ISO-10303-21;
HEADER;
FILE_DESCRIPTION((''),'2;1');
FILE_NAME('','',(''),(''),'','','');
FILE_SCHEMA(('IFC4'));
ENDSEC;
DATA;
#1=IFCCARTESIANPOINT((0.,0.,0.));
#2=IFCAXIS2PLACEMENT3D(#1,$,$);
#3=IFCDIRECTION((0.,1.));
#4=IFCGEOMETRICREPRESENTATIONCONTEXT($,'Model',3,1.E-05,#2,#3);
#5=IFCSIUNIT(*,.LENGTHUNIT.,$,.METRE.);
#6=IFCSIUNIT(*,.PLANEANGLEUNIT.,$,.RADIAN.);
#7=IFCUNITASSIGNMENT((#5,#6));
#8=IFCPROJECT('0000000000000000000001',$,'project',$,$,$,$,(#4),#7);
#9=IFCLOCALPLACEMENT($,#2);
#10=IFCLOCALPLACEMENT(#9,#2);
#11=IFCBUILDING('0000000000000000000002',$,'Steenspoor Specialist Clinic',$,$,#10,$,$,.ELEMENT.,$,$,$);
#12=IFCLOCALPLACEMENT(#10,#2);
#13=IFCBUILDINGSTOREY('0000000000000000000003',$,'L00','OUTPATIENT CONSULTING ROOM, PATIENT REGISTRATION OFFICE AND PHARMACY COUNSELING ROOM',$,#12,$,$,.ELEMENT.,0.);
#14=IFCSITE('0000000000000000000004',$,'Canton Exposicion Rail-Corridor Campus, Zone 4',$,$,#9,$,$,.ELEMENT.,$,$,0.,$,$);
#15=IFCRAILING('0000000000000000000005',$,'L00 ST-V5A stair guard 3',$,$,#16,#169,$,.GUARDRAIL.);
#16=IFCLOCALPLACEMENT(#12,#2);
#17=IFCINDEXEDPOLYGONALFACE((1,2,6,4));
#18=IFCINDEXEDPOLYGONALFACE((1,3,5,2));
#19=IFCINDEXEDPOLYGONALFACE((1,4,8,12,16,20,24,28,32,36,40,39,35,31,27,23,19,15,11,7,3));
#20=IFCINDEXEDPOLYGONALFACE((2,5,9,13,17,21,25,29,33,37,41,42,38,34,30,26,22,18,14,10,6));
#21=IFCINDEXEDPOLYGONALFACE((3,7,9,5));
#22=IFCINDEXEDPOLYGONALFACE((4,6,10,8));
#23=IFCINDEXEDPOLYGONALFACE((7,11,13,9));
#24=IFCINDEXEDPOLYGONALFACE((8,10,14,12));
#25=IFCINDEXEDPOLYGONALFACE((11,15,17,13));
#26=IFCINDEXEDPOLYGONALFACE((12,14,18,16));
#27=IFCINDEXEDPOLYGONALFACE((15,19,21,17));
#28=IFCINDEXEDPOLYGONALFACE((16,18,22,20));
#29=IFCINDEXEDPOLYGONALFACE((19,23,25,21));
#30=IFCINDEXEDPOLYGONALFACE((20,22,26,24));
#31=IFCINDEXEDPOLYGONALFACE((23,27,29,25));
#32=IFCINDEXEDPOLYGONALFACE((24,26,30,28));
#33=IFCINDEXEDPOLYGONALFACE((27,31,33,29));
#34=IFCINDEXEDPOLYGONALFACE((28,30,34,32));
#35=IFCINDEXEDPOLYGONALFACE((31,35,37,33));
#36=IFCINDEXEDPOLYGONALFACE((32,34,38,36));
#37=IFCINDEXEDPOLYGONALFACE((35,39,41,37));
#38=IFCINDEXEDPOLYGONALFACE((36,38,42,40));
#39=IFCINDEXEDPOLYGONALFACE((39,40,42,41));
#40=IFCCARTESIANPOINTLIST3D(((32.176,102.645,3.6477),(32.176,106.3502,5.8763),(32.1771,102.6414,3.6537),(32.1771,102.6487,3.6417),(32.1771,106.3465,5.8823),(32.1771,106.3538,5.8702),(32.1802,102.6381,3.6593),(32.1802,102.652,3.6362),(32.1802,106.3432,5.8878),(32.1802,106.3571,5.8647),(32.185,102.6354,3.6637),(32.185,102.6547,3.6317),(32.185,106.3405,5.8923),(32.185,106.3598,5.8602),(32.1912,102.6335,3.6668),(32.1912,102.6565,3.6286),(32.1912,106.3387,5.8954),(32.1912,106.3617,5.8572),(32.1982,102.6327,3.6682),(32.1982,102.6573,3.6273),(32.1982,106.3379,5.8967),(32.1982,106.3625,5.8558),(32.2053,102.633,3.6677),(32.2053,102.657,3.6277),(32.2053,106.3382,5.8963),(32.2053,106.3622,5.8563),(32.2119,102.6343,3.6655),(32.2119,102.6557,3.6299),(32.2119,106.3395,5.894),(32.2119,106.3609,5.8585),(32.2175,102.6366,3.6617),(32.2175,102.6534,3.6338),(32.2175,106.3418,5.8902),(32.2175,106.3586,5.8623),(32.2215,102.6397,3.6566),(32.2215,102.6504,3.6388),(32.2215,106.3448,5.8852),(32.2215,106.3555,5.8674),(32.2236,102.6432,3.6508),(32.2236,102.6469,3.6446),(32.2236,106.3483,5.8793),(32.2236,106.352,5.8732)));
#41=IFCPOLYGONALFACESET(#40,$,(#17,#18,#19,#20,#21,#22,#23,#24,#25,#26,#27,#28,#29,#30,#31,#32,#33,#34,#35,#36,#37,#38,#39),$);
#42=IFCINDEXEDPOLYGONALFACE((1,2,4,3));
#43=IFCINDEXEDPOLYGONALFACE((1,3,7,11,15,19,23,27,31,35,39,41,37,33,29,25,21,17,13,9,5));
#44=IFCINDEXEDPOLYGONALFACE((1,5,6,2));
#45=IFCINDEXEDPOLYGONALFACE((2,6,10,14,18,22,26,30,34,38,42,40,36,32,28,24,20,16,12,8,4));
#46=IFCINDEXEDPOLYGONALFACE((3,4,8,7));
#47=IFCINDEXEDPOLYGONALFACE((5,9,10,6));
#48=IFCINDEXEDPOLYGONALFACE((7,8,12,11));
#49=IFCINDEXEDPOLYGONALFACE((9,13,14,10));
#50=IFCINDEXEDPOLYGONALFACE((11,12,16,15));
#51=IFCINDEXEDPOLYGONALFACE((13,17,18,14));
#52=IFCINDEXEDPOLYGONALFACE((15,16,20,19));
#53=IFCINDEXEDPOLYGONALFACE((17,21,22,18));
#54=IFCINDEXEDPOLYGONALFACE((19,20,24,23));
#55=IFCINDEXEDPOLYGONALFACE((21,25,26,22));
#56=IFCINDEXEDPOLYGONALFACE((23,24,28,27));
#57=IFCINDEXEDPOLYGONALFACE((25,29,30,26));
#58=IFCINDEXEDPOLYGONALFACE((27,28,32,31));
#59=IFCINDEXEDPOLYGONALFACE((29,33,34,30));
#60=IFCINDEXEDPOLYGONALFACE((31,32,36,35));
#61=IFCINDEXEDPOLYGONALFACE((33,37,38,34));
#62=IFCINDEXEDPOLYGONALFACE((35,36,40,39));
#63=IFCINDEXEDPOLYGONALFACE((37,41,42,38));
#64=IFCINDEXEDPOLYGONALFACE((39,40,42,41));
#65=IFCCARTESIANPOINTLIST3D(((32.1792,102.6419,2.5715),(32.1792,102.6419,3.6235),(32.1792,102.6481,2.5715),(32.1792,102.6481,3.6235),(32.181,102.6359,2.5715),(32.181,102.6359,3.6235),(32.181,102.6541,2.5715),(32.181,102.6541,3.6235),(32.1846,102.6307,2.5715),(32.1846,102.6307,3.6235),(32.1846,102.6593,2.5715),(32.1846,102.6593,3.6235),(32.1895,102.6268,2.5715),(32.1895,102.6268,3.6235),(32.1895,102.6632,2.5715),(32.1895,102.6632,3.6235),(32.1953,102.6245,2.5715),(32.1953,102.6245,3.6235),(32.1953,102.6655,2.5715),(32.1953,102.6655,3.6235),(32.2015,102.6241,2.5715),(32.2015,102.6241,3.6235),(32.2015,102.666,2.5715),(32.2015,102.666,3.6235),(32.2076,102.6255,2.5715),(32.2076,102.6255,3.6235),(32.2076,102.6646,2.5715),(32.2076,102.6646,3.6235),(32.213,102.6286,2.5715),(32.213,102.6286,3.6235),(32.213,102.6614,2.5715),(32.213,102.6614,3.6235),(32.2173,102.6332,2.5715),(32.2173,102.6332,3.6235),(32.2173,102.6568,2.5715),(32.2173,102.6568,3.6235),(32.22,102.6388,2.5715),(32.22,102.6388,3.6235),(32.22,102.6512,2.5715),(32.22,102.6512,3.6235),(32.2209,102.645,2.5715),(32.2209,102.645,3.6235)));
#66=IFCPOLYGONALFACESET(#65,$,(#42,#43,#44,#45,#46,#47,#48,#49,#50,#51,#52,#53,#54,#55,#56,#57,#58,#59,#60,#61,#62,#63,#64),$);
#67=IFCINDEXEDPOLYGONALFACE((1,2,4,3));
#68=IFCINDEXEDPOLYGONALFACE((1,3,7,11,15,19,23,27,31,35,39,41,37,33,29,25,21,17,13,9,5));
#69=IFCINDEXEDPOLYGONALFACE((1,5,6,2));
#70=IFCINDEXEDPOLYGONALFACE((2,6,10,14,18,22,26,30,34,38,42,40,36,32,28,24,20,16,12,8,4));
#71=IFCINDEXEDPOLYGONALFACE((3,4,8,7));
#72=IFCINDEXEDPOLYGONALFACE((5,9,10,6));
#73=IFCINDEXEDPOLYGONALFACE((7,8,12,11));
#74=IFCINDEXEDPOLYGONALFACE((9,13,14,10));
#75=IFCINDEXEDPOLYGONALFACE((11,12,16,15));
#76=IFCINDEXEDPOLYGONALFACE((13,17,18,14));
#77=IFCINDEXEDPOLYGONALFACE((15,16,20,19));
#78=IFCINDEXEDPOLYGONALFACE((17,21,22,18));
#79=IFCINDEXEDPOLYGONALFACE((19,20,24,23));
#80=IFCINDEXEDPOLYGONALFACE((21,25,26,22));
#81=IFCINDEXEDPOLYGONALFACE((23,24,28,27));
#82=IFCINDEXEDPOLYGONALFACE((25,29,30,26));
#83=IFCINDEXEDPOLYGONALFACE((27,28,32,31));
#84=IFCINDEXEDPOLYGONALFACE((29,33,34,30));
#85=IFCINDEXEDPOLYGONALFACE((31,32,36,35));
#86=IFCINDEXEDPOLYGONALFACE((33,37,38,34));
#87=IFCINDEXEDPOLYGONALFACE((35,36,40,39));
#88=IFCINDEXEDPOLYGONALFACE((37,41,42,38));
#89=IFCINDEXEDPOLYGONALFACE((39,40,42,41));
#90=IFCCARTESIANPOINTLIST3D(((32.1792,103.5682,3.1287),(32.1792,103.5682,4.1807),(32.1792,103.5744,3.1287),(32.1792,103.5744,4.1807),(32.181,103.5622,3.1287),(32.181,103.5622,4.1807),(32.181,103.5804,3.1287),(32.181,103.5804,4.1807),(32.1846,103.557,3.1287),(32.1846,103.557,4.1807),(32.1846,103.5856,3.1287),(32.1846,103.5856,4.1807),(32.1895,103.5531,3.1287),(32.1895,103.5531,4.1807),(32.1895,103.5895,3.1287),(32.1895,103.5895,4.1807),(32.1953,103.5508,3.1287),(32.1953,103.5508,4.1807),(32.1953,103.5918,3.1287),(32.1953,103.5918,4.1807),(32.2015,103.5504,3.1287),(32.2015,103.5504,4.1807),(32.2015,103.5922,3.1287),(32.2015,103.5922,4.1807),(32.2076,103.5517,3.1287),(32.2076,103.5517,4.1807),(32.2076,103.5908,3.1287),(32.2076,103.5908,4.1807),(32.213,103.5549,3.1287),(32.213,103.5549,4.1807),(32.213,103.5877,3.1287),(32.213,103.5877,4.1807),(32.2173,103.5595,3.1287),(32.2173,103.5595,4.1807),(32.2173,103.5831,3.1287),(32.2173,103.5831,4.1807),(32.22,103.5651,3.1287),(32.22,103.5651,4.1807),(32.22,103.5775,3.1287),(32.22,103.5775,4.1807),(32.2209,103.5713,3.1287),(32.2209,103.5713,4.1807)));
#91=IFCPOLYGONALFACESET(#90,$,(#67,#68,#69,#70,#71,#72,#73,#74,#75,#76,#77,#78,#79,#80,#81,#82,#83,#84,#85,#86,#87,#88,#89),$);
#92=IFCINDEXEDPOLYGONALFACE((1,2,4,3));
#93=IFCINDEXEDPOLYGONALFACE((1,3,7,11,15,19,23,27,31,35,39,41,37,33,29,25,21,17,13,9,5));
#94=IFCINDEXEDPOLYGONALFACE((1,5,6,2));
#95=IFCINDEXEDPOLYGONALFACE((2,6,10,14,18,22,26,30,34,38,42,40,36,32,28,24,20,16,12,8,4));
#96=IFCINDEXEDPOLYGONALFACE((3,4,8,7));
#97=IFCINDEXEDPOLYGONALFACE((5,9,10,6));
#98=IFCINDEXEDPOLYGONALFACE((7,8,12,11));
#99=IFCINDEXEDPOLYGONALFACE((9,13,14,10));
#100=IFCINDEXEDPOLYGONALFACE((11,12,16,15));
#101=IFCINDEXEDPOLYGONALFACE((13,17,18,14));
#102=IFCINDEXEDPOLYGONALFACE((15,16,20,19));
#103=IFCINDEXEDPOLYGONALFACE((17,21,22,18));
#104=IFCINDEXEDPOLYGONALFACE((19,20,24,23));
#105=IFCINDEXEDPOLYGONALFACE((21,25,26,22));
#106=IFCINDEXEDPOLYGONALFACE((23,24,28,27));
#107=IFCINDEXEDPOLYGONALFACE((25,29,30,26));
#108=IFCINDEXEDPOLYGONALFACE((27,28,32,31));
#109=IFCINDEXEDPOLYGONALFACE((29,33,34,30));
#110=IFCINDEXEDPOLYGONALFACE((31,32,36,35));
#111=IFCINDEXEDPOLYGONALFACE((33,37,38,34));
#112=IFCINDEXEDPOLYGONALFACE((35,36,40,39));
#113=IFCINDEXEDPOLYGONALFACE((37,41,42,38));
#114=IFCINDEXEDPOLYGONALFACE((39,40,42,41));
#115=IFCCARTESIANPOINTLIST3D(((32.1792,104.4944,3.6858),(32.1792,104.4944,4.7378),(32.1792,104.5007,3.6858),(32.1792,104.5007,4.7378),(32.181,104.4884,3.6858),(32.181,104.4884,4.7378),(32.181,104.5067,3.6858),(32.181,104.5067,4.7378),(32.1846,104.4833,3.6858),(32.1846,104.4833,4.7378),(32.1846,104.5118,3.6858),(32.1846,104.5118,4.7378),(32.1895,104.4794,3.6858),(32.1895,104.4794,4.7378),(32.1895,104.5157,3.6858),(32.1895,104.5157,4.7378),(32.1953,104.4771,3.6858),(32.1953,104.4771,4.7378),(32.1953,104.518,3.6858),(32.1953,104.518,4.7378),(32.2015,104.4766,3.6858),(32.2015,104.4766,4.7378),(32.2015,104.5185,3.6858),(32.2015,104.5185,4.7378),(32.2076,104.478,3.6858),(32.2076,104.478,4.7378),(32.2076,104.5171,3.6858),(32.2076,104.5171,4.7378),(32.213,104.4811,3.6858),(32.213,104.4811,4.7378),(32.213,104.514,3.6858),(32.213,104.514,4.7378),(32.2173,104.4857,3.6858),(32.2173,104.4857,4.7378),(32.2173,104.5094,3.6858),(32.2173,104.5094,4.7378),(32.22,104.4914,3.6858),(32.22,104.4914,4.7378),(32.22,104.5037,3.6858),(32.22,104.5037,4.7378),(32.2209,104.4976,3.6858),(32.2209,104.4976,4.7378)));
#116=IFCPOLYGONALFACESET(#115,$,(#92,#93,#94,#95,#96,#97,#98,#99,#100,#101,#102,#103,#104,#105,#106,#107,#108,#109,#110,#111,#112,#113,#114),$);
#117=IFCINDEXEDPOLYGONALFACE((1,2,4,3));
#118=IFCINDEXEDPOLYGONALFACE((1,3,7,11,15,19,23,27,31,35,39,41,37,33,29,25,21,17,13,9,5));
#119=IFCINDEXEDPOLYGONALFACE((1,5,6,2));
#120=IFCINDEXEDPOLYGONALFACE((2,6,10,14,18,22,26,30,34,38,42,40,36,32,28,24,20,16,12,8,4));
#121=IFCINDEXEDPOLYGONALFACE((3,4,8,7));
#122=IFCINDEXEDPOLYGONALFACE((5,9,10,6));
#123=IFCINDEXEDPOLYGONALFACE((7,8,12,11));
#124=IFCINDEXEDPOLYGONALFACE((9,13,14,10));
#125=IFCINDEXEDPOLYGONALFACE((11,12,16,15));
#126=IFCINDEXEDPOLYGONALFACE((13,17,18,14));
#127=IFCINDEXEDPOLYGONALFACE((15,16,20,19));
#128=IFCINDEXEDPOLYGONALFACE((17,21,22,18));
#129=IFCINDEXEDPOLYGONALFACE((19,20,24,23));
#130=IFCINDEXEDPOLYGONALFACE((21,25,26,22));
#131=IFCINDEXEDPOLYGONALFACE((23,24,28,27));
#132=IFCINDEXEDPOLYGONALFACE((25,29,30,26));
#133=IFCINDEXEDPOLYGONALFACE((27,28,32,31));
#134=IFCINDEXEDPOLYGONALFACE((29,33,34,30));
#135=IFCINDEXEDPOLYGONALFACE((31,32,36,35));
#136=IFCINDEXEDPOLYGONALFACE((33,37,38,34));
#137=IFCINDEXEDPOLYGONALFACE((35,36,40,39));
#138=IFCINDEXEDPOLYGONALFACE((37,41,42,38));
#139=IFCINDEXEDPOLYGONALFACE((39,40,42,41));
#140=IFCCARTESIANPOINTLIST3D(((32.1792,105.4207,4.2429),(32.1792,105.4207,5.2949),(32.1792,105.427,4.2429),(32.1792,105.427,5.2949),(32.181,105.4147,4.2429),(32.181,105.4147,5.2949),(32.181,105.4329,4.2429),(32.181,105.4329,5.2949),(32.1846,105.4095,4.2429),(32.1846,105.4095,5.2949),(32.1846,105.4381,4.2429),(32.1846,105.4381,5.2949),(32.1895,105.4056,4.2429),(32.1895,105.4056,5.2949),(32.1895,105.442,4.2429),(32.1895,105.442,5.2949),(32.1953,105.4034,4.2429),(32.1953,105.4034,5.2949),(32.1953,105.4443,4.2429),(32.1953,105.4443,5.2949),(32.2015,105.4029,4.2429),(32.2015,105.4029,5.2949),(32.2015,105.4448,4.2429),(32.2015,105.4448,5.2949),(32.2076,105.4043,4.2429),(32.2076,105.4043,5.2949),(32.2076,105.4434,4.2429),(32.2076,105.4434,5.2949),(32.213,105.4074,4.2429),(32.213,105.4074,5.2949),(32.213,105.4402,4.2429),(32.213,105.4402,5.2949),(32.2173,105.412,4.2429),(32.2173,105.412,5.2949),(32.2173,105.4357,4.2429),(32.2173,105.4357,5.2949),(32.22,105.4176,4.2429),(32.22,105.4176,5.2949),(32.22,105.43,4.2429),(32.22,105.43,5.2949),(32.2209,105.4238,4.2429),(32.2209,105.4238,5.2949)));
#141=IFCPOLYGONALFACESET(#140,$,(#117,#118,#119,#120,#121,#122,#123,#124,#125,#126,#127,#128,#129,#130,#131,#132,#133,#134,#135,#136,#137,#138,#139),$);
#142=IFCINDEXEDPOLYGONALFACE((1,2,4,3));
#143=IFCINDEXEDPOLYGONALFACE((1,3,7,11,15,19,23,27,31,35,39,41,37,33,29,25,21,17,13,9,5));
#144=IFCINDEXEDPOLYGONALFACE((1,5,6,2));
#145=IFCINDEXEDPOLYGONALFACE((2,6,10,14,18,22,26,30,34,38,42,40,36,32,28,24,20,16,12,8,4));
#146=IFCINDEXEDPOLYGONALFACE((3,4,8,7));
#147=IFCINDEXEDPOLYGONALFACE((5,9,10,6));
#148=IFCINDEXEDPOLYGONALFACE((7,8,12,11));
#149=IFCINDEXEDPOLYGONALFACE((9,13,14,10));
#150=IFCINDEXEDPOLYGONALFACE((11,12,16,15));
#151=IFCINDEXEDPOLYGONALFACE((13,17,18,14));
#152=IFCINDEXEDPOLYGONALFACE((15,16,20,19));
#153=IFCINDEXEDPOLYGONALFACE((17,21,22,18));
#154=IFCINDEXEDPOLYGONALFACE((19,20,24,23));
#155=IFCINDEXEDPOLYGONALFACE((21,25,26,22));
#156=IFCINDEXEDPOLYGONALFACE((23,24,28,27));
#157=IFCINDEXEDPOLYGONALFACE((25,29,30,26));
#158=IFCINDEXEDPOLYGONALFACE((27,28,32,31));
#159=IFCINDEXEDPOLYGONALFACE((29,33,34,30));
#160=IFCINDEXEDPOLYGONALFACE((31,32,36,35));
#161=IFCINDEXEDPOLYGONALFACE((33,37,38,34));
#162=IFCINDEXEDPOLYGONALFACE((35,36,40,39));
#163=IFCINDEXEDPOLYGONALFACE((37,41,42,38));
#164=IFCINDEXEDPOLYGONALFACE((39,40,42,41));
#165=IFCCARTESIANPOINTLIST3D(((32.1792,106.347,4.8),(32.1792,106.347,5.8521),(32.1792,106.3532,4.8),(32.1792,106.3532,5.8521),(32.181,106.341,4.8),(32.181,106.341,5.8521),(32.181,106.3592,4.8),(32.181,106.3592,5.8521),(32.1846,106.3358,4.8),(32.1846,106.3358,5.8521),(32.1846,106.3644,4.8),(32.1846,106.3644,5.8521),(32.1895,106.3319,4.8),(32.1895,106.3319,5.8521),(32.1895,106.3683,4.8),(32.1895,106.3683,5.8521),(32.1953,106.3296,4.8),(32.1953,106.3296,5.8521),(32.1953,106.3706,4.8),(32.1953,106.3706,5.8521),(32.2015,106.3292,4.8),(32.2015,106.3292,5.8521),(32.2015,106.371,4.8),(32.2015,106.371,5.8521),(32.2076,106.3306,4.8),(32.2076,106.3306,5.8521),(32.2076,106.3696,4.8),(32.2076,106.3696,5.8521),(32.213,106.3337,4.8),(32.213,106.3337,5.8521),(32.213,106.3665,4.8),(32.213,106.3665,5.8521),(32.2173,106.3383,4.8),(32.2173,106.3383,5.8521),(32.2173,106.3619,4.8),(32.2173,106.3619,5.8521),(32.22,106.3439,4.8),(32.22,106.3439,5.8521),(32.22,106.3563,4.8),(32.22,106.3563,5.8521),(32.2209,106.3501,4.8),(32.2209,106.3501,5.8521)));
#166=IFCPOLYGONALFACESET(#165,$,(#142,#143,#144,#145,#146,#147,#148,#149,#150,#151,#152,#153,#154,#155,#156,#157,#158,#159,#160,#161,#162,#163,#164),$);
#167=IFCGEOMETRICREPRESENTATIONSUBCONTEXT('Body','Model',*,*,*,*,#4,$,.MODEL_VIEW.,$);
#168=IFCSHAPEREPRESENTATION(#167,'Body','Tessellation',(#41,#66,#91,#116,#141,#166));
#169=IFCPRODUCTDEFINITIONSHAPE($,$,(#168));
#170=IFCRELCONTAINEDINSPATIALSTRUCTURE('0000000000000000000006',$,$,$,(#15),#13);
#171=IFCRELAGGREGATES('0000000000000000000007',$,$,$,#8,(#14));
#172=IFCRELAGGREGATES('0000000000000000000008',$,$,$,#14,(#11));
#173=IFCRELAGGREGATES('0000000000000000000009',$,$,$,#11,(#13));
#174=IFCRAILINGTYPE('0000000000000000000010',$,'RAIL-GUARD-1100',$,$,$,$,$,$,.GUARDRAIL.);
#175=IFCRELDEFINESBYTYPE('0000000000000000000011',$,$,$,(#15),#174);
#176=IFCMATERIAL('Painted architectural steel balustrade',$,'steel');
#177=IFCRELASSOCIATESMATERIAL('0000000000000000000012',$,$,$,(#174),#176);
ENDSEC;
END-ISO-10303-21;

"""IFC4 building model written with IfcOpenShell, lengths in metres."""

from ifc_helpers import new_model, si_unit, direction, frame, origin, origin_2d, place, context, subcontext, project, spatial, circle, extrude, material, type_object, element, save


model = new_model("IFC4")

# Units and contexts
model_context = context("Model", 3, precision=1e-05, world=origin(), true_north=direction((0.0, 1.0)))
body_context = subcontext(model_context, "Body", "Model", "MODEL_VIEW")
ifc_project = project(units=[si_unit("LENGTHUNIT", "METRE"), si_unit("PLANEANGLEUNIT", "RADIAN")], contexts=[model_context])

# Site, building, storey
site_placement = place(None, origin())
site = spatial("IfcSite", under=ifc_project, at=site_placement, Name="Canton Exposicion Rail-Corridor Campus, Zone 4", CompositionType="ELEMENT", RefElevation=0.0)
building_placement = place(site_placement, origin())
building = spatial("IfcBuilding", under=site, at=building_placement, Name="Steenspoor Specialist Clinic", CompositionType="ELEMENT")
storey_placement = place(building_placement, origin())
storey = spatial("IfcBuildingStorey", under=building, at=storey_placement, Name="L00", Description="OUTPATIENT CONSULTING ROOM, PATIENT REGISTRATION OFFICE AND PHARMACY COUNSELING ROOM", CompositionType="ELEMENT", Elevation=0.0)

# Railing
ifc_material_1 = material(Name="Painted architectural steel balustrade", Category="steel")
railing_type = type_object("IfcRailingType", Name="RAIL-GUARD-1100", PredefinedType="GUARDRAIL", material=ifc_material_1)
railing_1_placement = place(storey_placement, frame((32.2, 102.645, 2.5715)))
element("IfcRailing", 1, at=railing_1_placement, inside=storey, type_object=railing_type, Name="L00 ST-V5A stair guard 3", PredefinedType="GUARDRAIL", context=body_context, shape_type="SweptSolid", body=[
    extrude(circle(Radius=0.0239, at=origin_2d()), frame((0.0, 0.0, 1.0762), z_axis=(0.0, 0.856934, 0.515425), x_axis=(-1.0, 0.0, 0.0)), (0.0, 0.0, 1.0), 4.3237),
    extrude(circle(Radius=0.021, at=origin_2d()), origin(), (0.0, 0.0, 1.0), 1.052),
    extrude(circle(Radius=0.021, at=origin_2d()), frame((0.0, 0.9263, 0.5571)), (0.0, 0.0, 1.0), 1.052),
    extrude(circle(Radius=0.021, at=origin_2d()), frame((0.0, 1.8525, 1.1143)), (0.0, 0.0, 1.0), 1.052),
    extrude(circle(Radius=0.021, at=origin_2d()), frame((0.0, 2.7788, 1.6714)), (0.0, 0.0, 1.0), 1.052),
    extrude(circle(Radius=0.021, at=origin_2d()), frame((0.0, 3.7051, 2.2285)), (0.0, 0.0, 1.0), 1.052),
])

save(model, "model.ifc")
